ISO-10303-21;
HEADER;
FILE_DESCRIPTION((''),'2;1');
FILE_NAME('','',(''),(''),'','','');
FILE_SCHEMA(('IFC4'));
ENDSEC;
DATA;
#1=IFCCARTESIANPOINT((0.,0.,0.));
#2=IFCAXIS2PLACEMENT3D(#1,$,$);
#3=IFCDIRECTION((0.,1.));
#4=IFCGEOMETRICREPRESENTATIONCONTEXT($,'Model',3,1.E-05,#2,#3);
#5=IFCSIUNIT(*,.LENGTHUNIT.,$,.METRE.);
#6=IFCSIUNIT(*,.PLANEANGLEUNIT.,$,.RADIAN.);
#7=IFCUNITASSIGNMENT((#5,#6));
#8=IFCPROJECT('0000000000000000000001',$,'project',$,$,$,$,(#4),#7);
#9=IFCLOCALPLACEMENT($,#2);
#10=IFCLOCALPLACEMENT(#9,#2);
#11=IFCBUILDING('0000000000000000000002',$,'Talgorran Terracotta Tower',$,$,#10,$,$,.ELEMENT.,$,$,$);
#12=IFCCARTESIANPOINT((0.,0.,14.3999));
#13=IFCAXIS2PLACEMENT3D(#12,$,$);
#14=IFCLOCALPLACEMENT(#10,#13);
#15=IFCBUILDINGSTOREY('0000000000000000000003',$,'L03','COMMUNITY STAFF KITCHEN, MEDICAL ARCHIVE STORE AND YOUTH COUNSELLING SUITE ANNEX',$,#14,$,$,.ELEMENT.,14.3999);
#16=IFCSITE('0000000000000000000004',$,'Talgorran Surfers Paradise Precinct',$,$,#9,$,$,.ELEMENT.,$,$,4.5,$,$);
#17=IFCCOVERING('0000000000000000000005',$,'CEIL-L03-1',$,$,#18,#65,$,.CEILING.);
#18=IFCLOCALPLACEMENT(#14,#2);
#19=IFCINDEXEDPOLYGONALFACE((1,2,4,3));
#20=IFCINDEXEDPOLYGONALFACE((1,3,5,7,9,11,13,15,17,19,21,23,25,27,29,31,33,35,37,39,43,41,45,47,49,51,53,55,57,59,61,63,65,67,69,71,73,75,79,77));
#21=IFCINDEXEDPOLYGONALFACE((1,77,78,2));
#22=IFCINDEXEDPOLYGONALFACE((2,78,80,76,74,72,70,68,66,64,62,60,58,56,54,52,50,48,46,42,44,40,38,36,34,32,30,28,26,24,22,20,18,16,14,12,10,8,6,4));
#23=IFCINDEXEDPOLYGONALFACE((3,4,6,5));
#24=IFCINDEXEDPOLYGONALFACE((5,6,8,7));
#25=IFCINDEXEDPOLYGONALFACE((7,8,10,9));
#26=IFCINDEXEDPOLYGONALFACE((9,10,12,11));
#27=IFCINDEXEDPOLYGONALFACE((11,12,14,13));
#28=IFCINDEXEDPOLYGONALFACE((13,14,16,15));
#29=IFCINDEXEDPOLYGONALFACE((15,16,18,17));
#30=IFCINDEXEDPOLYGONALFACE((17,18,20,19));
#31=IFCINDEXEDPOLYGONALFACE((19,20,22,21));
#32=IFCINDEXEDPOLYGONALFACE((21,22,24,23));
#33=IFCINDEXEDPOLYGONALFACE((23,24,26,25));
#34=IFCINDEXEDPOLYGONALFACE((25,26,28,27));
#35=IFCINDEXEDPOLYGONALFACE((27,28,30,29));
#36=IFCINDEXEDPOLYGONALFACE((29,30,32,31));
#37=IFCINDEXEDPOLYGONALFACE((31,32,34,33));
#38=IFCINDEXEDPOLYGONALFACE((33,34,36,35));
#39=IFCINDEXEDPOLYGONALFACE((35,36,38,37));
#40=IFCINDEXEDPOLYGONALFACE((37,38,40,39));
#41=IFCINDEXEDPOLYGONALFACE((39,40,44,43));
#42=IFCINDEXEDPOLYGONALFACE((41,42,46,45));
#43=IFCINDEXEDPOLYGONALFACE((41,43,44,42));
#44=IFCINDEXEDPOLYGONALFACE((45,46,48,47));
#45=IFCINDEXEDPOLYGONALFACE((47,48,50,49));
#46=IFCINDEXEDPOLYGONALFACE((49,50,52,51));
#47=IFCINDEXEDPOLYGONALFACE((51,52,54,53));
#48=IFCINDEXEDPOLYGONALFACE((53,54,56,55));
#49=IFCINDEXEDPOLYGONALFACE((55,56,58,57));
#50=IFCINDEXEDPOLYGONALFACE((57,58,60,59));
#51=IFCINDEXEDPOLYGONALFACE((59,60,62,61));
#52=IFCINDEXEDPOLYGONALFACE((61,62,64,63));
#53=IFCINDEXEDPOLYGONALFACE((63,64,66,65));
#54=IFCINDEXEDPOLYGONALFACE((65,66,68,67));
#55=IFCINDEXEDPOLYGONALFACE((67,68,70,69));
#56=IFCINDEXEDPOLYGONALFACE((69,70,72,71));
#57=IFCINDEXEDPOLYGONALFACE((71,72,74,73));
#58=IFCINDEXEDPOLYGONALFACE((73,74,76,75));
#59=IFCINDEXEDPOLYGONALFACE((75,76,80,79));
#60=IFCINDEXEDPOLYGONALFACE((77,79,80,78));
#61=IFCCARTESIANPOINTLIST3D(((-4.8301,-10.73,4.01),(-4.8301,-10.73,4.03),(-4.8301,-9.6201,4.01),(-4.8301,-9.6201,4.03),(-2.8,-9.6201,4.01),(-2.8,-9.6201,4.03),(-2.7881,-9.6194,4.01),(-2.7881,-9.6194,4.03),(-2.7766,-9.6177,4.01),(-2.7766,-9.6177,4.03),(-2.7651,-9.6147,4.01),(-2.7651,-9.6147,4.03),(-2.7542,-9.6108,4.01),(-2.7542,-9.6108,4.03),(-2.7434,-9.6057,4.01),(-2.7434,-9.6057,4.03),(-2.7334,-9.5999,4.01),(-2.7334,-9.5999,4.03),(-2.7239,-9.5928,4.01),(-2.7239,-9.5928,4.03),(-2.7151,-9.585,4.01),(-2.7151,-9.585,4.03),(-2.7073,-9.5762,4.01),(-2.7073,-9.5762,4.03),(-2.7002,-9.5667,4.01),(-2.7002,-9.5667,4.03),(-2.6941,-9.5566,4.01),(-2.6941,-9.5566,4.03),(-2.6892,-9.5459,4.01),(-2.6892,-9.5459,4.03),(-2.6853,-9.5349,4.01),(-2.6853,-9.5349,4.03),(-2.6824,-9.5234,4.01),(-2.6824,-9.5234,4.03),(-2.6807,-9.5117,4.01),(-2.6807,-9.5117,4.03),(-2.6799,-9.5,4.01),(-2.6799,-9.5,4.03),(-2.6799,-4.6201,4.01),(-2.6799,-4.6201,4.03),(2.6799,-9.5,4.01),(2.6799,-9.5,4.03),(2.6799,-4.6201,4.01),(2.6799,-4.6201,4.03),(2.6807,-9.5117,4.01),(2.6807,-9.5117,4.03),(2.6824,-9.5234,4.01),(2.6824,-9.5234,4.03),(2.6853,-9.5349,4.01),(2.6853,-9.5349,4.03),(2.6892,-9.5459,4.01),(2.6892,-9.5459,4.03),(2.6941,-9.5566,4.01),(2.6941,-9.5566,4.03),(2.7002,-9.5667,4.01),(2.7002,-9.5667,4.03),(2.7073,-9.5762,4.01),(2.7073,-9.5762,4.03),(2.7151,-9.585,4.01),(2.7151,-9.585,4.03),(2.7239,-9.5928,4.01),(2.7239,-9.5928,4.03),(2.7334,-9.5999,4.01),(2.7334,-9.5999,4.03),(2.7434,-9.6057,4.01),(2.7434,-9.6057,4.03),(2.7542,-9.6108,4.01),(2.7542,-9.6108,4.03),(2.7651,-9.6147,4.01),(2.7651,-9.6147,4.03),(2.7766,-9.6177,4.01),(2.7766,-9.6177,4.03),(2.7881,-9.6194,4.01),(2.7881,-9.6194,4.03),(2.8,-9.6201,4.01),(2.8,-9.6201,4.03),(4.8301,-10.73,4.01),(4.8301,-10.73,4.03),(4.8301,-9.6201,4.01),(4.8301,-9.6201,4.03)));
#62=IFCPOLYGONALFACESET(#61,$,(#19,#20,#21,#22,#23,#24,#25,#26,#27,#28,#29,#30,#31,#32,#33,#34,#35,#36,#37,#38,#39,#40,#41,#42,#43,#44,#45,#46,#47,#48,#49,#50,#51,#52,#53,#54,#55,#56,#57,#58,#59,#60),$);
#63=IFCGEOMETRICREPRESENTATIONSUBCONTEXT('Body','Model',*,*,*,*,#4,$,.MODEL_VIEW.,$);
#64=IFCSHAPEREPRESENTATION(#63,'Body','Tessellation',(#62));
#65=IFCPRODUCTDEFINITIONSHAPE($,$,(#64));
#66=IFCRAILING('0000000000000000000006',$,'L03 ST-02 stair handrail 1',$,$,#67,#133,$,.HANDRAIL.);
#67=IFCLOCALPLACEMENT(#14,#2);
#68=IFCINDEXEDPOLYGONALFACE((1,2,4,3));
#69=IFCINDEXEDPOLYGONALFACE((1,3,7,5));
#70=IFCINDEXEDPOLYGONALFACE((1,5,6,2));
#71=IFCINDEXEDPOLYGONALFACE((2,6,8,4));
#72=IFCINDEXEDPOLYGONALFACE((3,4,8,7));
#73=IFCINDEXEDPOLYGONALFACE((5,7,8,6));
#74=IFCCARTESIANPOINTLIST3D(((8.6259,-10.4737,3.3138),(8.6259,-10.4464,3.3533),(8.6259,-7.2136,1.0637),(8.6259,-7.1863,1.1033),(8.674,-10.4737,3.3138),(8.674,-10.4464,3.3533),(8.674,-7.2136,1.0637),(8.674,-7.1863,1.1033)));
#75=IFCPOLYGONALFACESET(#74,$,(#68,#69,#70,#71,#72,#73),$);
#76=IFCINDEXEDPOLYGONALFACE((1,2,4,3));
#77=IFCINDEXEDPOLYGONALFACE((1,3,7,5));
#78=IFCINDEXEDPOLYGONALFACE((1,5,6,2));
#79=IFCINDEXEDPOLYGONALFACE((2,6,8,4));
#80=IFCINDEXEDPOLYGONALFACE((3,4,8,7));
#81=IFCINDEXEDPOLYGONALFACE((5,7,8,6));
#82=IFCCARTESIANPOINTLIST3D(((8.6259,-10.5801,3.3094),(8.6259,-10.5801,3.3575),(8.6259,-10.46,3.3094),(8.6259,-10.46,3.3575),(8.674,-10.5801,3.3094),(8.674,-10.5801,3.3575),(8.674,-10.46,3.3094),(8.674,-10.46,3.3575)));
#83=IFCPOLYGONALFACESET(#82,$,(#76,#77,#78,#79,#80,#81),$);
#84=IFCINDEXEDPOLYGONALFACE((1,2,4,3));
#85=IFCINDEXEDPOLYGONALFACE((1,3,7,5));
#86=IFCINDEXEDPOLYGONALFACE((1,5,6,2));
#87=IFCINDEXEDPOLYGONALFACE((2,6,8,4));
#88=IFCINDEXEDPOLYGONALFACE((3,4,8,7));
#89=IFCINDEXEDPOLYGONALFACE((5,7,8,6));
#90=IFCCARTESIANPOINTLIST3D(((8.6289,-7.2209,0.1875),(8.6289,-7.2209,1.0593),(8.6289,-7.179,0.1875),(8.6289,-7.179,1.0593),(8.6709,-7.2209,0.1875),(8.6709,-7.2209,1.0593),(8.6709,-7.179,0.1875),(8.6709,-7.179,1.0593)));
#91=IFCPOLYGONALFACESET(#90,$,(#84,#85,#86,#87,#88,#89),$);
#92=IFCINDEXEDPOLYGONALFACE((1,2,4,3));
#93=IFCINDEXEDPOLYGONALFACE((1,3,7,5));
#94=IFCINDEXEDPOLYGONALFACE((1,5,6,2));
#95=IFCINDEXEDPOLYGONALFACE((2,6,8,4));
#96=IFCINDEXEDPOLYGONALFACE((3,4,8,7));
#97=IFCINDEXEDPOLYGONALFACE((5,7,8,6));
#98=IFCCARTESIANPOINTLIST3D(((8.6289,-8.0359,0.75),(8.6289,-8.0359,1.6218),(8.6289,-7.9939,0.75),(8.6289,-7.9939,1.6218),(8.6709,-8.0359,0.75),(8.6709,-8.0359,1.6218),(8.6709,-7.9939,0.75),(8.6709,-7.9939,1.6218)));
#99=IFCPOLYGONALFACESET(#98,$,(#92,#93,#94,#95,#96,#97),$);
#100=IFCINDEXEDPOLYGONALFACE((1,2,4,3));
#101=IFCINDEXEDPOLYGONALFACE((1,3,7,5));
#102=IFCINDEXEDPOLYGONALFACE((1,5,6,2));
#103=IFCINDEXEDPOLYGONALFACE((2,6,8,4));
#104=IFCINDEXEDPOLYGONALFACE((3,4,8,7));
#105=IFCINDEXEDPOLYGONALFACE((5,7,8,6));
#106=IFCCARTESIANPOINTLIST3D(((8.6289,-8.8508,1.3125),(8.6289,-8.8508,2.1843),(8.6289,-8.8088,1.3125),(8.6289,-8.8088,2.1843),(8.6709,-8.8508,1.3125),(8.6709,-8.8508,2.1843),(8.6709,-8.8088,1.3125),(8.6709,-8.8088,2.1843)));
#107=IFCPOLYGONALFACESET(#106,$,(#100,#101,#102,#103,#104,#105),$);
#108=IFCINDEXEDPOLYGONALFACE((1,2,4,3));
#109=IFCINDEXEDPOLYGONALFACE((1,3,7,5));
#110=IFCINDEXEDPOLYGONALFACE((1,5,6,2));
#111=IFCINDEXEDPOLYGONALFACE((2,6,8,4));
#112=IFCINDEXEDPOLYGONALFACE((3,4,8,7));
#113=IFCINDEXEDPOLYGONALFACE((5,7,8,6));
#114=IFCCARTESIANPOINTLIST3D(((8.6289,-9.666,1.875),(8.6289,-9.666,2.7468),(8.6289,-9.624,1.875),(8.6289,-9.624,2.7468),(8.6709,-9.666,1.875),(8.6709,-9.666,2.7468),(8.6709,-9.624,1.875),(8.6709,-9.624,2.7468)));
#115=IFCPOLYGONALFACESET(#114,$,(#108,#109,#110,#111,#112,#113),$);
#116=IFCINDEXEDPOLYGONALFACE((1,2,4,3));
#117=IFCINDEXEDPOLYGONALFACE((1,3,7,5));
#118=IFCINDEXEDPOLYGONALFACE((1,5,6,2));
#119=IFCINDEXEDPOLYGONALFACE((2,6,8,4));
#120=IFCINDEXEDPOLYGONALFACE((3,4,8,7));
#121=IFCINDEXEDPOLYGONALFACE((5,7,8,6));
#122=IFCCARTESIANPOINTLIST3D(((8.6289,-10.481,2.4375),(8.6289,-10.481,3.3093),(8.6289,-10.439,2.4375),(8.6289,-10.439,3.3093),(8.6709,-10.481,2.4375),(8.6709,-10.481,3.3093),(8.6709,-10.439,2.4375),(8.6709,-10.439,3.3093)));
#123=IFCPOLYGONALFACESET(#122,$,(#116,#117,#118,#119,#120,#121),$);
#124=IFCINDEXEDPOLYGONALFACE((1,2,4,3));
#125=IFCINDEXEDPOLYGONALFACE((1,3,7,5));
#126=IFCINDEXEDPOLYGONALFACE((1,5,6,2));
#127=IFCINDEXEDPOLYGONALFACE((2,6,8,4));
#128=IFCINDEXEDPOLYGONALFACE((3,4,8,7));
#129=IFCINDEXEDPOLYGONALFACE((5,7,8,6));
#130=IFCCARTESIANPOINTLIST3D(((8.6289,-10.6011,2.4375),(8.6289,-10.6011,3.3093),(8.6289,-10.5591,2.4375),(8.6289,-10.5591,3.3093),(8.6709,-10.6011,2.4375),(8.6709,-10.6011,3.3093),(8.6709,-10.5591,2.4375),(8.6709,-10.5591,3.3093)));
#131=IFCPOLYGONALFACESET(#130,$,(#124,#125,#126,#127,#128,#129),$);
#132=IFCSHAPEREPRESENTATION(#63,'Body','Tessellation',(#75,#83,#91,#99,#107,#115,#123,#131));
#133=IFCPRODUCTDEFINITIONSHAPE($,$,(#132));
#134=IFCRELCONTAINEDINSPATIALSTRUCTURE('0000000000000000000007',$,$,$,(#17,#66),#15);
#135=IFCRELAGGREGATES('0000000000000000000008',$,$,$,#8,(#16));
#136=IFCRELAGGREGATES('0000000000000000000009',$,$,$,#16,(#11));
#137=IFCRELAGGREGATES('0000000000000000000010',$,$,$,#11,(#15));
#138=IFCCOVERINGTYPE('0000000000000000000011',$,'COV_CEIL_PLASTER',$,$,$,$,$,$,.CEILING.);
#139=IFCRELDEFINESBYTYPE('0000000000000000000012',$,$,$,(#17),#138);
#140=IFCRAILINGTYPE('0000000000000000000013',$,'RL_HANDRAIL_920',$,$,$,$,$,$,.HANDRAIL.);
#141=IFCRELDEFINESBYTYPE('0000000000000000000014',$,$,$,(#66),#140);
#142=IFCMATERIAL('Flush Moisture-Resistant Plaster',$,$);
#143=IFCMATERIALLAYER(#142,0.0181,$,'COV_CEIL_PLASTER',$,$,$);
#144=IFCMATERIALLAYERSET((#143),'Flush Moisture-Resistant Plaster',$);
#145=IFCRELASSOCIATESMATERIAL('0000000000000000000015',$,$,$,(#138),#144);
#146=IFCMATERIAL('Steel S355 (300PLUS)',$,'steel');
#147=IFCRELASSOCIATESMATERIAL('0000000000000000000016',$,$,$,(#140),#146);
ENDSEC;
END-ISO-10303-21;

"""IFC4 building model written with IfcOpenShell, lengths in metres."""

from ifc_helpers import new_model, si_unit, direction, frame, origin, origin_2d, place, context, subcontext, project, spatial, polyline, rectangle, outline, extrude, material, layer, layer_set, type_object, element, save


model = new_model("IFC4")

# Units and contexts
model_context = context("Model", 3, precision=1e-05, world=origin(), true_north=direction((0.0, 1.0)))
body_context = subcontext(model_context, "Body", "Model", "MODEL_VIEW")
ifc_project = project(units=[si_unit("LENGTHUNIT", "METRE"), si_unit("PLANEANGLEUNIT", "RADIAN")], contexts=[model_context])

# Site, building, storey
site_placement = place(None, origin())
site = spatial("IfcSite", under=ifc_project, at=site_placement, Name="Talgorran Surfers Paradise Precinct", CompositionType="ELEMENT", RefElevation=4.5)
building_placement = place(site_placement, origin())
building = spatial("IfcBuilding", under=site, at=building_placement, Name="Talgorran Terracotta Tower", CompositionType="ELEMENT")
storey_placement = place(building_placement, frame((0.0, 0.0, 14.3999)))
storey = spatial("IfcBuildingStorey", under=building, at=storey_placement, Name="L03", Description="COMMUNITY STAFF KITCHEN, MEDICAL ARCHIVE STORE AND YOUTH COUNSELLING SUITE ANNEX", CompositionType="ELEMENT", Elevation=14.3999)

# Shared definitions
ifc_material_1 = material(Name="Steel S355 (300PLUS)", Category="steel")

# Covering
ifc_material_2 = material(Name="Flush Moisture-Resistant Plaster")
ifc_layer_1 = layer(ifc_material_2, 0.0181, Name="COV_CEIL_PLASTER")
ifc_layer_set_1 = layer_set([ifc_layer_1], Name="Flush Moisture-Resistant Plaster")
covering_type_1 = type_object("IfcCoveringType", Name="COV_CEIL_PLASTER", PredefinedType="CEILING", material=ifc_layer_set_1)
covering_1_placement = place(storey_placement, frame((0.0, 0.0, 4.01)))
element("IfcCovering", 1, at=covering_1_placement, inside=storey, type_object=covering_type_1, Name="CEIL-L03-1", PredefinedType="CEILING", context=body_context, shape_type="SweptSolid", body=[
    extrude(outline(polyline([(-4.8301, -9.6201), (-2.8, -9.6201), (-2.7881, -9.6194), (-2.7766, -9.6177), (-2.7651, -9.6147), (-2.7542, -9.6108), (-2.7434, -9.6057), (-2.7334, -9.5999), (-2.7239, -9.5928), (-2.7151, -9.585), (-2.7073, -9.5762), (-2.7002, -9.5667), (-2.6941, -9.5566), (-2.6892, -9.5459), (-2.6853, -9.5349), (-2.6824, -9.5234), (-2.6807, -9.5117), (-2.6799, -9.5), (-2.6799, -4.6201), (2.6799, -4.6201), (2.6799, -9.5), (2.6807, -9.5117), (2.6824, -9.5234), (2.6853, -9.5349), (2.6892, -9.5459), (2.6941, -9.5566), (2.7002, -9.5667), (2.7073, -9.5762), (2.7151, -9.585), (2.7239, -9.5928), (2.7334, -9.5999), (2.7434, -9.6057), (2.7542, -9.6108), (2.7651, -9.6147), (2.7766, -9.6177), (2.7881, -9.6194), (2.8, -9.6201), (4.8301, -9.6201), (4.8301, -10.73), (-4.8301, -10.73), (-4.8301, -9.6201)])), origin(), (0.0, 0.0, 1.0), 0.02),
])

# Railing
railing_type = type_object("IfcRailingType", Name="RL_HANDRAIL_920", PredefinedType="HANDRAIL", material=ifc_material_1)
railing_placement = place(storey_placement, frame((8.6499, -7.2, 0.1875)))
element("IfcRailing", 2, at=railing_placement, inside=storey, type_object=railing_type, Name="L03 ST-02 stair handrail 1", PredefinedType="HANDRAIL", context=body_context, shape_type="SweptSolid", body=[
    extrude(rectangle(XDim=0.0481, YDim=0.0481, at=origin_2d()), frame((0.0, 0.0, 0.896), z_axis=(0.0, -0.82301, 0.568027), x_axis=(1.0, 0.0, 0.0)), (0.0, 0.0, 1.0), 3.9612),
    extrude(rectangle(XDim=0.0481, YDim=0.0481, at=origin_2d()), frame((0.0, -3.26, 3.146), z_axis=(0.0, -1.0, 0.0), x_axis=(1.0, 0.0, 0.0)), (0.0, 0.0, 1.0), 0.1201),
    extrude(rectangle(XDim=0.042, YDim=0.042, at=origin_2d()), origin(), (0.0, 0.0, 1.0), 0.8718),
    extrude(rectangle(XDim=0.042, YDim=0.042, at=origin_2d()), frame((0.0, -0.8149, 0.5625)), (0.0, 0.0, 1.0), 0.8718),
    extrude(rectangle(XDim=0.042, YDim=0.042, at=origin_2d()), frame((0.0, -1.6299, 1.125)), (0.0, 0.0, 1.0), 0.8718),
    extrude(rectangle(XDim=0.042, YDim=0.042, at=origin_2d()), frame((0.0, -2.4451, 1.6875)), (0.0, 0.0, 1.0), 0.8718),
    extrude(rectangle(XDim=0.042, YDim=0.042, at=origin_2d()), frame((0.0, -3.26, 2.25)), (0.0, 0.0, 1.0), 0.8718),
    extrude(rectangle(XDim=0.042, YDim=0.042, at=origin_2d()), frame((0.0, -3.3801, 2.25)), (0.0, 0.0, 1.0), 0.8718),
])

save(model, "model.ifc")
